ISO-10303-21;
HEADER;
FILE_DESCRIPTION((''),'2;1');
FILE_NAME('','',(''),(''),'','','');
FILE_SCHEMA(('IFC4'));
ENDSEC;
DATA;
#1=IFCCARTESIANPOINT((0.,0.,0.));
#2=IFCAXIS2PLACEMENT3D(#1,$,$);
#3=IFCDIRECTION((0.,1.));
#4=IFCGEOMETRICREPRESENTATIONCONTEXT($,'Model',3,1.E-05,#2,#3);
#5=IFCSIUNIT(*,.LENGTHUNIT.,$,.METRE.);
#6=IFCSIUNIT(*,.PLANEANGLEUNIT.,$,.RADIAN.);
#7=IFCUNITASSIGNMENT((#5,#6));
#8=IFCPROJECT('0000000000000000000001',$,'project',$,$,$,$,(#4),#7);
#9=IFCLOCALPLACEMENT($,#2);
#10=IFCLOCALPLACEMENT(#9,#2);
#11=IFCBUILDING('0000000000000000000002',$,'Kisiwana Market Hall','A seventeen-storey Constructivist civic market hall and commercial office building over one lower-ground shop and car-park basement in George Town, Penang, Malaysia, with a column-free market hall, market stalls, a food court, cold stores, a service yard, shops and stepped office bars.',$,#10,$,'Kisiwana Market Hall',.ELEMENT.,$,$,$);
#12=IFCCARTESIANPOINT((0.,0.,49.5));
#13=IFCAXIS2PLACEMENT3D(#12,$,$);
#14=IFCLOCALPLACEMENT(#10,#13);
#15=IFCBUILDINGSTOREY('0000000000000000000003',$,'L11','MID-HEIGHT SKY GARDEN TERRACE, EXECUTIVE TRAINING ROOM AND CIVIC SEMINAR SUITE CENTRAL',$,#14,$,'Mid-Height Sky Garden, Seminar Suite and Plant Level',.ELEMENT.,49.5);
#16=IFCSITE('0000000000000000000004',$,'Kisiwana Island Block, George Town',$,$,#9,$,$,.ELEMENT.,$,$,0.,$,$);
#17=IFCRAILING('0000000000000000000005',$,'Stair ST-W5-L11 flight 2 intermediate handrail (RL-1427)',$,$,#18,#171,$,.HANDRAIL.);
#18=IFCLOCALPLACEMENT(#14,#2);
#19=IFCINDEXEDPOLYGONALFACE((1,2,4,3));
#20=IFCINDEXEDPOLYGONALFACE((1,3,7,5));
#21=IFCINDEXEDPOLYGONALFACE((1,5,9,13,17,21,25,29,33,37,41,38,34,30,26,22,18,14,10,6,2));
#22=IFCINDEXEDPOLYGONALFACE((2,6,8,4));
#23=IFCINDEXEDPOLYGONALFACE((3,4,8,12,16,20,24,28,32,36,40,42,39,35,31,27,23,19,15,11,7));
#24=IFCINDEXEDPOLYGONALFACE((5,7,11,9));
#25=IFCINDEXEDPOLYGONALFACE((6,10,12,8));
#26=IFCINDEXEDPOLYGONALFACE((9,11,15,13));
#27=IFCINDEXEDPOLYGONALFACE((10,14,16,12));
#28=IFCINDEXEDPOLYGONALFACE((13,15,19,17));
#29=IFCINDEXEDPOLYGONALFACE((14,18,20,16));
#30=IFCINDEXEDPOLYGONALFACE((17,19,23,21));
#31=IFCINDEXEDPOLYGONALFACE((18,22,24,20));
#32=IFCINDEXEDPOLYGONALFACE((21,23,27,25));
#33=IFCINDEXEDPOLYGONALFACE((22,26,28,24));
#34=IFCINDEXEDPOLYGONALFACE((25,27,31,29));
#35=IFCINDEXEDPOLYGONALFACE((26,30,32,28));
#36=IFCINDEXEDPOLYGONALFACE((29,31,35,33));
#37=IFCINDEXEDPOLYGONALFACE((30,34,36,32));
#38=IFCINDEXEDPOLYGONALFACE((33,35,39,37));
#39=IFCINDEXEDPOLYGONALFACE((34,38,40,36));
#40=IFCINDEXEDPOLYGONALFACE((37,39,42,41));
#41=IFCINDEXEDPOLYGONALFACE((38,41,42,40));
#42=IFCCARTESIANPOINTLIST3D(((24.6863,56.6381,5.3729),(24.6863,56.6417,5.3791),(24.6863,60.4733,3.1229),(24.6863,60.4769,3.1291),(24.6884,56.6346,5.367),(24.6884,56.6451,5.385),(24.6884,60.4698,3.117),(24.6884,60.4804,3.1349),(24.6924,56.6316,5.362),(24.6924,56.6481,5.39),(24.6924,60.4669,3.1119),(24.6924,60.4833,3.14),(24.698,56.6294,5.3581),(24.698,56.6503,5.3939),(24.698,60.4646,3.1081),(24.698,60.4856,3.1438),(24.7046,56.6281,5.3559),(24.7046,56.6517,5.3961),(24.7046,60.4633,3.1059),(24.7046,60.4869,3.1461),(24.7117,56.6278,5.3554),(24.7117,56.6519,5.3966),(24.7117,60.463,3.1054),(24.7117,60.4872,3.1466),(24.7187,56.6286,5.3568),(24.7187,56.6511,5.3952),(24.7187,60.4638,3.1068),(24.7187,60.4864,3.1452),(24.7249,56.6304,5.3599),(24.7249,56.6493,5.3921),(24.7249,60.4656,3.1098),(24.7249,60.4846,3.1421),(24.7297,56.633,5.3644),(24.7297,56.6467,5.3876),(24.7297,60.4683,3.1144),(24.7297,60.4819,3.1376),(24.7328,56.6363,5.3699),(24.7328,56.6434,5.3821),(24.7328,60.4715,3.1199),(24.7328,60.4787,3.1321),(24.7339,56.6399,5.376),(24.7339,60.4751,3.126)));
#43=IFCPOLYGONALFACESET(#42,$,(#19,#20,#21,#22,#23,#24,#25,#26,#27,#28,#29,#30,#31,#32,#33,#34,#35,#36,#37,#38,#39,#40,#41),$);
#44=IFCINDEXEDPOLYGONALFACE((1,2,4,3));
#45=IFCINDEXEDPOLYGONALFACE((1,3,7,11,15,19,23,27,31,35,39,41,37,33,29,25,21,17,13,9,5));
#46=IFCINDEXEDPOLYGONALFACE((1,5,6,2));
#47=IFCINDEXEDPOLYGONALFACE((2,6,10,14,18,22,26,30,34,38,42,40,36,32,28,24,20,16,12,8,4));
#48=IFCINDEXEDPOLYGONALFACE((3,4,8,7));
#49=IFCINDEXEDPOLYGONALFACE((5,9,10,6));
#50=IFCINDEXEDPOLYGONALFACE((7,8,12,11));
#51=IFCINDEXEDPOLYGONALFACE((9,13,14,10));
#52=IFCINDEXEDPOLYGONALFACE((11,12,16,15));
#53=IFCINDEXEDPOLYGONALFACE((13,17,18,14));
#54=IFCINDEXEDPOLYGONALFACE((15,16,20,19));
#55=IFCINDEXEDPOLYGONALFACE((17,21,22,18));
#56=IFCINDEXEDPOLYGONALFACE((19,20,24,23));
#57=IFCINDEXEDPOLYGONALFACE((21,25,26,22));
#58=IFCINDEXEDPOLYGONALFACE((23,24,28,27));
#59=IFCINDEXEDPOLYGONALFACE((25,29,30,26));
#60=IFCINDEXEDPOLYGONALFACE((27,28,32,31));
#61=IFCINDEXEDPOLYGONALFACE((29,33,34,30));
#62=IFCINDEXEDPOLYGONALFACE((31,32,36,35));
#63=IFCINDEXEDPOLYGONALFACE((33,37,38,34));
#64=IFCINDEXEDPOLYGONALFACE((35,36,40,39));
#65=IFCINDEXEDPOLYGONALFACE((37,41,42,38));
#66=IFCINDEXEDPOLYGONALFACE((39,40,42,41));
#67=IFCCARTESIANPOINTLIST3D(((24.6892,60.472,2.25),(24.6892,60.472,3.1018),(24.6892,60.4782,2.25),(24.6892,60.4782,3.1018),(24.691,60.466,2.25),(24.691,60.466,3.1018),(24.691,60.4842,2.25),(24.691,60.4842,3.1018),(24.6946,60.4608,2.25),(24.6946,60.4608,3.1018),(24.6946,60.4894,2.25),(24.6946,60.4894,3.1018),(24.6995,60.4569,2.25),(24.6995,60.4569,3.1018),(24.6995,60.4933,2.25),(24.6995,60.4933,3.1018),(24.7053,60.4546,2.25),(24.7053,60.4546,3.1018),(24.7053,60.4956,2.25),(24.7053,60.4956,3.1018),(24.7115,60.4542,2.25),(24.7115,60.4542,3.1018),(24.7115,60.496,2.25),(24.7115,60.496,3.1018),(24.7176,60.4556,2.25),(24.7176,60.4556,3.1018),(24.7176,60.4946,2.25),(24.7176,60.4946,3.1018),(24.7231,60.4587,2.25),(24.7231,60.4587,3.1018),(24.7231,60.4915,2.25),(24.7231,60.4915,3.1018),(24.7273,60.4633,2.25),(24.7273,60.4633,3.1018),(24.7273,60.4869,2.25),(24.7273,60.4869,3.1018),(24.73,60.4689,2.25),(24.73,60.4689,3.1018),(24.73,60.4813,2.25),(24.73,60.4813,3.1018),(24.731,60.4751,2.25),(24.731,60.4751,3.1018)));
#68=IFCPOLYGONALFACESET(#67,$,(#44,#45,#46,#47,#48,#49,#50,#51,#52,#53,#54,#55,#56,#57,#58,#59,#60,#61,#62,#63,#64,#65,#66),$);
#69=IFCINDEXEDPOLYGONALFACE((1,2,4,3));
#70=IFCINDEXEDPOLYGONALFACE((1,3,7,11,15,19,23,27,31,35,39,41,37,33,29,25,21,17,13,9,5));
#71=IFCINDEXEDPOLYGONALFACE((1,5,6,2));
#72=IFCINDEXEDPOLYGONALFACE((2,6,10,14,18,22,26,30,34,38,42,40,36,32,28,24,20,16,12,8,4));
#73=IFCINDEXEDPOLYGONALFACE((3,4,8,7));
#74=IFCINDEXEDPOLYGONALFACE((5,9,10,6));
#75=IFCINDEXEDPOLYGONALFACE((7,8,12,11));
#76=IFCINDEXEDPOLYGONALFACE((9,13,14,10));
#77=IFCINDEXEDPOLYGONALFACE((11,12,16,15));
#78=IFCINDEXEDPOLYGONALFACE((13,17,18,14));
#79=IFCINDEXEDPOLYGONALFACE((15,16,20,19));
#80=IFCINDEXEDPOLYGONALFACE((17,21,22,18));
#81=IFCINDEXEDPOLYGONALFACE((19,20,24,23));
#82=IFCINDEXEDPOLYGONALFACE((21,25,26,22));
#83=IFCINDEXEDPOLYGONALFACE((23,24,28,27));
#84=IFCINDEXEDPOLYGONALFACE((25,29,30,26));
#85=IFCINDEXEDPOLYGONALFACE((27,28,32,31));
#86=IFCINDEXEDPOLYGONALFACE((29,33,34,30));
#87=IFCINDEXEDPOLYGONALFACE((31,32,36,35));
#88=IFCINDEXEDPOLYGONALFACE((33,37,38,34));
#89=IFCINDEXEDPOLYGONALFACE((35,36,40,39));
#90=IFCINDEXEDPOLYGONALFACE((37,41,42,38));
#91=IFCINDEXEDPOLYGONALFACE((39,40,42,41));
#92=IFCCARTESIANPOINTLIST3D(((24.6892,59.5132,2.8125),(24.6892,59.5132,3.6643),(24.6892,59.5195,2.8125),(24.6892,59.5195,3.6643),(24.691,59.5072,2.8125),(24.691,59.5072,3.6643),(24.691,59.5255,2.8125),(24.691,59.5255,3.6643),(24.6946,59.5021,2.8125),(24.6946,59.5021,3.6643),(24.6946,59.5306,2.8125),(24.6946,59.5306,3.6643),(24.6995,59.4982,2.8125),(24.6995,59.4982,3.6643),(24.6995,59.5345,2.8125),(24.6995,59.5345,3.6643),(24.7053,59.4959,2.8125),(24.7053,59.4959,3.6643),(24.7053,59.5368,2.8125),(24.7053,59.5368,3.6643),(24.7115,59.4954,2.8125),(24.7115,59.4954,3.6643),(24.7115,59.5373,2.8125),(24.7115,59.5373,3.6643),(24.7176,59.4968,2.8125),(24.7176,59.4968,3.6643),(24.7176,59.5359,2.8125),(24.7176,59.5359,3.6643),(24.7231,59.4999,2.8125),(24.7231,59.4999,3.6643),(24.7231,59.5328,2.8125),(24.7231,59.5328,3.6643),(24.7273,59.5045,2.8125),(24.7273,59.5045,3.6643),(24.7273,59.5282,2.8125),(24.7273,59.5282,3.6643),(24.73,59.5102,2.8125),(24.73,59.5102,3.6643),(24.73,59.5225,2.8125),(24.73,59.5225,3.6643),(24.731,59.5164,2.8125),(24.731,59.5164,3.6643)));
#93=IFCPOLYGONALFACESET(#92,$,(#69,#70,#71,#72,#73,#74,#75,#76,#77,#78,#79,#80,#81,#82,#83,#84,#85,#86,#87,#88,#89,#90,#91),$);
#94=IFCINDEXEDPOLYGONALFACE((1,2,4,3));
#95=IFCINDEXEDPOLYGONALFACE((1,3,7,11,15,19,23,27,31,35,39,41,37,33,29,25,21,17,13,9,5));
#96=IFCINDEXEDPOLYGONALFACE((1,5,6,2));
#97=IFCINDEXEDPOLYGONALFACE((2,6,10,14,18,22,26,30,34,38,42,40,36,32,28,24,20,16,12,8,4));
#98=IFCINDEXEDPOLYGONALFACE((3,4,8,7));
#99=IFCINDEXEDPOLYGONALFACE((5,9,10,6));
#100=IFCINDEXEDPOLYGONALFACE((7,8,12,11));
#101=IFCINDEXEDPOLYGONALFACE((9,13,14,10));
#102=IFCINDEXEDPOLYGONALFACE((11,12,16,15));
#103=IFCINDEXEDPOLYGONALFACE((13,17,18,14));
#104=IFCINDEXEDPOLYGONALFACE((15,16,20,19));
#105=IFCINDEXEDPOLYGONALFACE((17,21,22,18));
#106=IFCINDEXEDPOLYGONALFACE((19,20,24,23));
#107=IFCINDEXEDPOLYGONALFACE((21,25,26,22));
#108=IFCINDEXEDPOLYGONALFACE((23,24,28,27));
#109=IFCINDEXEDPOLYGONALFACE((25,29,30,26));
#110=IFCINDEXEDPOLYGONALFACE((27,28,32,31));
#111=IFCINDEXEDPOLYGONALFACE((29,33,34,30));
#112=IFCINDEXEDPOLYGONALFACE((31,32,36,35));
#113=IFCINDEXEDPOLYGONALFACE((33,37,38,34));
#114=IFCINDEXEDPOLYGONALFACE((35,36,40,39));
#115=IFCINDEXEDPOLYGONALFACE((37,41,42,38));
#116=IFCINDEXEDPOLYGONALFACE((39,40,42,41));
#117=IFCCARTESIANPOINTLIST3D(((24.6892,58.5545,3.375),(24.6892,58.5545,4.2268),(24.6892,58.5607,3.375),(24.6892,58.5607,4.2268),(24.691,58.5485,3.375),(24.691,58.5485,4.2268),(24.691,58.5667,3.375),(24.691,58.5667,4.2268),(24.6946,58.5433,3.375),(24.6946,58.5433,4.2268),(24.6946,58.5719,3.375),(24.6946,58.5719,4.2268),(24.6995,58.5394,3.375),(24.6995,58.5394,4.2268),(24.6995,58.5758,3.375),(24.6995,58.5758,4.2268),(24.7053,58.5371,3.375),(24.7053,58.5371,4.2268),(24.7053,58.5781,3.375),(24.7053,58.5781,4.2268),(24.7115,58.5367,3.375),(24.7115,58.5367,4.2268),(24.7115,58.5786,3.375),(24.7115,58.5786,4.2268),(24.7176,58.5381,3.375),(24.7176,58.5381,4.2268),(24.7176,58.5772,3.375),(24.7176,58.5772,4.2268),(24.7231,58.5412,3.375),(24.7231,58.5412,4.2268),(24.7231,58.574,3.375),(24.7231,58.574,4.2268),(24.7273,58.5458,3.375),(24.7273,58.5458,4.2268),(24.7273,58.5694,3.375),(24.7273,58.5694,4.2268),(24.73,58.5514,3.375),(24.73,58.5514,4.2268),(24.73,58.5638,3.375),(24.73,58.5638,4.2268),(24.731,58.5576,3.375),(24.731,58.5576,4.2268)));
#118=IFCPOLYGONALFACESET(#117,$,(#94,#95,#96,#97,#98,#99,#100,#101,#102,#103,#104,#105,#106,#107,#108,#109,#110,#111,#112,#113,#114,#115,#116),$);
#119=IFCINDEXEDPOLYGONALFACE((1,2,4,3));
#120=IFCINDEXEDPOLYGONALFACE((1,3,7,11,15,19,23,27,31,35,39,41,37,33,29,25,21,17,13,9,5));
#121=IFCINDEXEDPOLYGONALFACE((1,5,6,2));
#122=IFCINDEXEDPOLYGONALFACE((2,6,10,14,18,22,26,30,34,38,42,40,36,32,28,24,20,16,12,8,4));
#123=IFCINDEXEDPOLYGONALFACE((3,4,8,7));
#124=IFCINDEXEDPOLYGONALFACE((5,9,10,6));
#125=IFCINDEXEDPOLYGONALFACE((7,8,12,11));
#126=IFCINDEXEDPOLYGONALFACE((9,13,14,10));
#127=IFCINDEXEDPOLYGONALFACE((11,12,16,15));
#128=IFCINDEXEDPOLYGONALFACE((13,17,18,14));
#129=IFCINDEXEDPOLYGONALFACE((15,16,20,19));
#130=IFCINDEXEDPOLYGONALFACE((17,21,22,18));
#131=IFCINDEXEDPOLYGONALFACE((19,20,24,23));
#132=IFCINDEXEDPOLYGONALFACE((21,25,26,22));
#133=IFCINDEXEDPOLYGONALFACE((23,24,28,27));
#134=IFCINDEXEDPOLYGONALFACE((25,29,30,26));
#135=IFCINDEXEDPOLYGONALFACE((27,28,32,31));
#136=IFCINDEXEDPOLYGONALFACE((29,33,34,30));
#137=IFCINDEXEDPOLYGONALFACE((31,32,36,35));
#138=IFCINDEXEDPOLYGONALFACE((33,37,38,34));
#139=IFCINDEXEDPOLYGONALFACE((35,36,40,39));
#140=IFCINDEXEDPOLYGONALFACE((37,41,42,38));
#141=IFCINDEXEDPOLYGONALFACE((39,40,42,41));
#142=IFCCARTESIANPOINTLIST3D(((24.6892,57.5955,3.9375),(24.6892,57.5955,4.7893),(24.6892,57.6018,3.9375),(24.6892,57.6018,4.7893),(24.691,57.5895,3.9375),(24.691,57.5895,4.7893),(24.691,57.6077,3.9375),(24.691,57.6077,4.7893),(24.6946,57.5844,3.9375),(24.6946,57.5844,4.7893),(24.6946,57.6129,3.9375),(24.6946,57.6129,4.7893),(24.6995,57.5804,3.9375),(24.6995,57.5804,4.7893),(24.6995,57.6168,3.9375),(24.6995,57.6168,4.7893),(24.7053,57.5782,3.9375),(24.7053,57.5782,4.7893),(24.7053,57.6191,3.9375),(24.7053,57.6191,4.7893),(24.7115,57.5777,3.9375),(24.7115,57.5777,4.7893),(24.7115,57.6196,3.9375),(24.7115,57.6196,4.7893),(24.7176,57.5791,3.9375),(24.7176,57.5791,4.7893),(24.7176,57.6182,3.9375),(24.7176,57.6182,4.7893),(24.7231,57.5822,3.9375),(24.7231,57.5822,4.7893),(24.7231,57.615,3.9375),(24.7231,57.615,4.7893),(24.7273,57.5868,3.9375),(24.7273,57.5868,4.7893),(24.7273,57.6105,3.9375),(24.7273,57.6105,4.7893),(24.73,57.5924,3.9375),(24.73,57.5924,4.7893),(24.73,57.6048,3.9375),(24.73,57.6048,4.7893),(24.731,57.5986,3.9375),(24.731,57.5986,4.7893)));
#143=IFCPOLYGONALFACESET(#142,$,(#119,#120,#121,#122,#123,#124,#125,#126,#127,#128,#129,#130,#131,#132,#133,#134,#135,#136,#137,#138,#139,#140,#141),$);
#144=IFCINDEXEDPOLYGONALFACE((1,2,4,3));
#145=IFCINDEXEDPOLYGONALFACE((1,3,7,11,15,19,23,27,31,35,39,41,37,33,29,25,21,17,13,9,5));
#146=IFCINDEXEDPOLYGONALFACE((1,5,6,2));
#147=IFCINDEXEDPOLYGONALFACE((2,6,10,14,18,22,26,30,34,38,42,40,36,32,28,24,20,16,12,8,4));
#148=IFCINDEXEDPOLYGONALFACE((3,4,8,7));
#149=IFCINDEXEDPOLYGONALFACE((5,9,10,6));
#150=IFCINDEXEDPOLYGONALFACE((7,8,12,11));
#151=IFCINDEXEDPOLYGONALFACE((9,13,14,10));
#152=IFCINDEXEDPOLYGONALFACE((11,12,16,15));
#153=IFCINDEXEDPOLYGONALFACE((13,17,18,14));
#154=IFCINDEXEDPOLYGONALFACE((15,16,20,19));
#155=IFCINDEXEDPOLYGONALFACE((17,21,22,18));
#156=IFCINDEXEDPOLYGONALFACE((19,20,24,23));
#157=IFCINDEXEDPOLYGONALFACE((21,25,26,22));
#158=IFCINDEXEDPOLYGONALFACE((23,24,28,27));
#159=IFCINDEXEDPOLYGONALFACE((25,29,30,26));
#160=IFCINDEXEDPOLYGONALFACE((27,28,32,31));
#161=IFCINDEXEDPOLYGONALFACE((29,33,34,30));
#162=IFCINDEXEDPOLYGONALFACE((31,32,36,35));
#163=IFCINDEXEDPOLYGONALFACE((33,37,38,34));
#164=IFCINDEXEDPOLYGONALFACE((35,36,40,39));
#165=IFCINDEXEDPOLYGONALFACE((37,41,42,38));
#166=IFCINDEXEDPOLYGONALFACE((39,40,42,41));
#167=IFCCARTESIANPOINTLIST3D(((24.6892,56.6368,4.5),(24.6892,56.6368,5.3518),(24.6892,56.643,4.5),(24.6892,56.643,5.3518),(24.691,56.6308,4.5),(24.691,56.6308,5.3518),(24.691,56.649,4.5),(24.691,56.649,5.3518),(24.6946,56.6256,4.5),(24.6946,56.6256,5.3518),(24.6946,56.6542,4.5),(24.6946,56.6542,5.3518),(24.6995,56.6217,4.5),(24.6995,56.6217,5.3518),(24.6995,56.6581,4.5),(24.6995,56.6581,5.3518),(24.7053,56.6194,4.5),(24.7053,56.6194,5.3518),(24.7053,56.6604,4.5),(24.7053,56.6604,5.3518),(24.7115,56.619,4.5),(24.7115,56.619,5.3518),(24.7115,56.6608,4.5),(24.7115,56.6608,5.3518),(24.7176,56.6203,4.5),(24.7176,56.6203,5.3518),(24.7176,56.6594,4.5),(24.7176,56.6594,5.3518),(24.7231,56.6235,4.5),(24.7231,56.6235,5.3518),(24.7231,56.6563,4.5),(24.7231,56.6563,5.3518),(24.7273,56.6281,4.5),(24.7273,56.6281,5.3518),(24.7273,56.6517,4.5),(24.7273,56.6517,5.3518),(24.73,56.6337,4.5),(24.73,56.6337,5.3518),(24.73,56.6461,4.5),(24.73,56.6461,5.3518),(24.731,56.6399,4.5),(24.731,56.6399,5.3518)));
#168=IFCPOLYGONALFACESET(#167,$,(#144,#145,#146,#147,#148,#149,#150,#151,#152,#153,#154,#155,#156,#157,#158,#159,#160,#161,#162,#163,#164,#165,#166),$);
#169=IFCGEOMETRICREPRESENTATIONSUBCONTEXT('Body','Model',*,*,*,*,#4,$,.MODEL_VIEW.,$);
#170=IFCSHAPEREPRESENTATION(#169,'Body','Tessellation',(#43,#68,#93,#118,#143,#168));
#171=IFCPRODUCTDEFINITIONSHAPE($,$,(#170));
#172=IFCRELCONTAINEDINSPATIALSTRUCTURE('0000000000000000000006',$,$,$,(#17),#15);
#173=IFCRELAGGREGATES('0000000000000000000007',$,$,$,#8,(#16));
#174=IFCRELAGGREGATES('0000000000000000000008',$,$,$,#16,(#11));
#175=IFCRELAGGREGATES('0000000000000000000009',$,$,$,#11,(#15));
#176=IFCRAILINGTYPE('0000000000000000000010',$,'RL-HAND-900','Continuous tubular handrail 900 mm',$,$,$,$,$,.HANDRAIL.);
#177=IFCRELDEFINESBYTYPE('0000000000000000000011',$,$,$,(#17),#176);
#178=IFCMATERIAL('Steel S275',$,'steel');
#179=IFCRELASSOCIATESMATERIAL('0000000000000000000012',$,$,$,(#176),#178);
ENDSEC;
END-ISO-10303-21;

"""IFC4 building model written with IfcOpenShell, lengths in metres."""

from ifc_helpers import new_model, si_unit, direction, frame, origin, origin_2d, place, context, subcontext, project, spatial, circle, extrude, material, type_object, element, save


model = new_model("IFC4")

# Units and contexts
model_context = context("Model", 3, precision=1e-05, world=origin(), true_north=direction((0.0, 1.0)))
body_context = subcontext(model_context, "Body", "Model", "MODEL_VIEW")
ifc_project = project(units=[si_unit("LENGTHUNIT", "METRE"), si_unit("PLANEANGLEUNIT", "RADIAN")], contexts=[model_context])

# Site, building, storey
site_placement = place(None, origin())
site = spatial("IfcSite", under=ifc_project, at=site_placement, Name="Kisiwana Island Block, George Town", CompositionType="ELEMENT", RefElevation=0.0)
building_placement = place(site_placement, origin())
building = spatial("IfcBuilding", under=site, at=building_placement, Name="Kisiwana Market Hall", Description="A seventeen-storey Constructivist civic market hall and commercial office building over one lower-ground shop and car-park basement in George Town, Penang, Malaysia, with a column-free market hall, market stalls, a food court, cold stores, a service yard, shops and stepped office bars.", LongName="Kisiwana Market Hall", CompositionType="ELEMENT")
storey_placement = place(building_placement, frame((0.0, 0.0, 49.5)))
storey = spatial("IfcBuildingStorey", under=building, at=storey_placement, Name="L11", Description="MID-HEIGHT SKY GARDEN TERRACE, EXECUTIVE TRAINING ROOM AND CIVIC SEMINAR SUITE CENTRAL", LongName="Mid-Height Sky Garden, Seminar Suite and Plant Level", CompositionType="ELEMENT", Elevation=49.5)

# Railing
ifc_material_1 = material(Name="Steel S275", Category="steel")
railing_type_1 = type_object("IfcRailingType", Name="RL-HAND-900", Description="Continuous tubular handrail 900 mm", PredefinedType="HANDRAIL", material=ifc_material_1)
railing_1_placement = place(storey_placement, frame((24.71, 60.4751, 2.25)))
element("IfcRailing", 1, at=railing_1_placement, inside=storey, type_object=railing_type_1, Name="Stair ST-W5-L11 flight 2 intermediate handrail (RL-1427)", PredefinedType="HANDRAIL", context=body_context, shape_type="SweptSolid", body=[
    extrude(circle(Radius=0.0239, at=origin_2d()), frame((0.0, 0.0, 0.876), z_axis=(0.0, -0.862524, 0.506017), x_axis=(1.0, 0.0, 0.0)), (0.0, 0.0, 1.0), 4.4465),
    extrude(circle(Radius=0.021, at=origin_2d()), origin(), (0.0, 0.0, 1.0), 0.8518),
    extrude(circle(Radius=0.021, at=origin_2d()), frame((0.0, -0.9587, 0.5625)), (0.0, 0.0, 1.0), 0.8518),
    extrude(circle(Radius=0.021, at=origin_2d()), frame((0.0, -1.9175, 1.125)), (0.0, 0.0, 1.0), 0.8518),
    extrude(circle(Radius=0.021, at=origin_2d()), frame((0.0, -2.8765, 1.6875)), (0.0, 0.0, 1.0), 0.8518),
    extrude(circle(Radius=0.021, at=origin_2d()), frame((0.0, -3.8352, 2.25)), (0.0, 0.0, 1.0), 0.8518),
])

save(model, "model.ifc")
